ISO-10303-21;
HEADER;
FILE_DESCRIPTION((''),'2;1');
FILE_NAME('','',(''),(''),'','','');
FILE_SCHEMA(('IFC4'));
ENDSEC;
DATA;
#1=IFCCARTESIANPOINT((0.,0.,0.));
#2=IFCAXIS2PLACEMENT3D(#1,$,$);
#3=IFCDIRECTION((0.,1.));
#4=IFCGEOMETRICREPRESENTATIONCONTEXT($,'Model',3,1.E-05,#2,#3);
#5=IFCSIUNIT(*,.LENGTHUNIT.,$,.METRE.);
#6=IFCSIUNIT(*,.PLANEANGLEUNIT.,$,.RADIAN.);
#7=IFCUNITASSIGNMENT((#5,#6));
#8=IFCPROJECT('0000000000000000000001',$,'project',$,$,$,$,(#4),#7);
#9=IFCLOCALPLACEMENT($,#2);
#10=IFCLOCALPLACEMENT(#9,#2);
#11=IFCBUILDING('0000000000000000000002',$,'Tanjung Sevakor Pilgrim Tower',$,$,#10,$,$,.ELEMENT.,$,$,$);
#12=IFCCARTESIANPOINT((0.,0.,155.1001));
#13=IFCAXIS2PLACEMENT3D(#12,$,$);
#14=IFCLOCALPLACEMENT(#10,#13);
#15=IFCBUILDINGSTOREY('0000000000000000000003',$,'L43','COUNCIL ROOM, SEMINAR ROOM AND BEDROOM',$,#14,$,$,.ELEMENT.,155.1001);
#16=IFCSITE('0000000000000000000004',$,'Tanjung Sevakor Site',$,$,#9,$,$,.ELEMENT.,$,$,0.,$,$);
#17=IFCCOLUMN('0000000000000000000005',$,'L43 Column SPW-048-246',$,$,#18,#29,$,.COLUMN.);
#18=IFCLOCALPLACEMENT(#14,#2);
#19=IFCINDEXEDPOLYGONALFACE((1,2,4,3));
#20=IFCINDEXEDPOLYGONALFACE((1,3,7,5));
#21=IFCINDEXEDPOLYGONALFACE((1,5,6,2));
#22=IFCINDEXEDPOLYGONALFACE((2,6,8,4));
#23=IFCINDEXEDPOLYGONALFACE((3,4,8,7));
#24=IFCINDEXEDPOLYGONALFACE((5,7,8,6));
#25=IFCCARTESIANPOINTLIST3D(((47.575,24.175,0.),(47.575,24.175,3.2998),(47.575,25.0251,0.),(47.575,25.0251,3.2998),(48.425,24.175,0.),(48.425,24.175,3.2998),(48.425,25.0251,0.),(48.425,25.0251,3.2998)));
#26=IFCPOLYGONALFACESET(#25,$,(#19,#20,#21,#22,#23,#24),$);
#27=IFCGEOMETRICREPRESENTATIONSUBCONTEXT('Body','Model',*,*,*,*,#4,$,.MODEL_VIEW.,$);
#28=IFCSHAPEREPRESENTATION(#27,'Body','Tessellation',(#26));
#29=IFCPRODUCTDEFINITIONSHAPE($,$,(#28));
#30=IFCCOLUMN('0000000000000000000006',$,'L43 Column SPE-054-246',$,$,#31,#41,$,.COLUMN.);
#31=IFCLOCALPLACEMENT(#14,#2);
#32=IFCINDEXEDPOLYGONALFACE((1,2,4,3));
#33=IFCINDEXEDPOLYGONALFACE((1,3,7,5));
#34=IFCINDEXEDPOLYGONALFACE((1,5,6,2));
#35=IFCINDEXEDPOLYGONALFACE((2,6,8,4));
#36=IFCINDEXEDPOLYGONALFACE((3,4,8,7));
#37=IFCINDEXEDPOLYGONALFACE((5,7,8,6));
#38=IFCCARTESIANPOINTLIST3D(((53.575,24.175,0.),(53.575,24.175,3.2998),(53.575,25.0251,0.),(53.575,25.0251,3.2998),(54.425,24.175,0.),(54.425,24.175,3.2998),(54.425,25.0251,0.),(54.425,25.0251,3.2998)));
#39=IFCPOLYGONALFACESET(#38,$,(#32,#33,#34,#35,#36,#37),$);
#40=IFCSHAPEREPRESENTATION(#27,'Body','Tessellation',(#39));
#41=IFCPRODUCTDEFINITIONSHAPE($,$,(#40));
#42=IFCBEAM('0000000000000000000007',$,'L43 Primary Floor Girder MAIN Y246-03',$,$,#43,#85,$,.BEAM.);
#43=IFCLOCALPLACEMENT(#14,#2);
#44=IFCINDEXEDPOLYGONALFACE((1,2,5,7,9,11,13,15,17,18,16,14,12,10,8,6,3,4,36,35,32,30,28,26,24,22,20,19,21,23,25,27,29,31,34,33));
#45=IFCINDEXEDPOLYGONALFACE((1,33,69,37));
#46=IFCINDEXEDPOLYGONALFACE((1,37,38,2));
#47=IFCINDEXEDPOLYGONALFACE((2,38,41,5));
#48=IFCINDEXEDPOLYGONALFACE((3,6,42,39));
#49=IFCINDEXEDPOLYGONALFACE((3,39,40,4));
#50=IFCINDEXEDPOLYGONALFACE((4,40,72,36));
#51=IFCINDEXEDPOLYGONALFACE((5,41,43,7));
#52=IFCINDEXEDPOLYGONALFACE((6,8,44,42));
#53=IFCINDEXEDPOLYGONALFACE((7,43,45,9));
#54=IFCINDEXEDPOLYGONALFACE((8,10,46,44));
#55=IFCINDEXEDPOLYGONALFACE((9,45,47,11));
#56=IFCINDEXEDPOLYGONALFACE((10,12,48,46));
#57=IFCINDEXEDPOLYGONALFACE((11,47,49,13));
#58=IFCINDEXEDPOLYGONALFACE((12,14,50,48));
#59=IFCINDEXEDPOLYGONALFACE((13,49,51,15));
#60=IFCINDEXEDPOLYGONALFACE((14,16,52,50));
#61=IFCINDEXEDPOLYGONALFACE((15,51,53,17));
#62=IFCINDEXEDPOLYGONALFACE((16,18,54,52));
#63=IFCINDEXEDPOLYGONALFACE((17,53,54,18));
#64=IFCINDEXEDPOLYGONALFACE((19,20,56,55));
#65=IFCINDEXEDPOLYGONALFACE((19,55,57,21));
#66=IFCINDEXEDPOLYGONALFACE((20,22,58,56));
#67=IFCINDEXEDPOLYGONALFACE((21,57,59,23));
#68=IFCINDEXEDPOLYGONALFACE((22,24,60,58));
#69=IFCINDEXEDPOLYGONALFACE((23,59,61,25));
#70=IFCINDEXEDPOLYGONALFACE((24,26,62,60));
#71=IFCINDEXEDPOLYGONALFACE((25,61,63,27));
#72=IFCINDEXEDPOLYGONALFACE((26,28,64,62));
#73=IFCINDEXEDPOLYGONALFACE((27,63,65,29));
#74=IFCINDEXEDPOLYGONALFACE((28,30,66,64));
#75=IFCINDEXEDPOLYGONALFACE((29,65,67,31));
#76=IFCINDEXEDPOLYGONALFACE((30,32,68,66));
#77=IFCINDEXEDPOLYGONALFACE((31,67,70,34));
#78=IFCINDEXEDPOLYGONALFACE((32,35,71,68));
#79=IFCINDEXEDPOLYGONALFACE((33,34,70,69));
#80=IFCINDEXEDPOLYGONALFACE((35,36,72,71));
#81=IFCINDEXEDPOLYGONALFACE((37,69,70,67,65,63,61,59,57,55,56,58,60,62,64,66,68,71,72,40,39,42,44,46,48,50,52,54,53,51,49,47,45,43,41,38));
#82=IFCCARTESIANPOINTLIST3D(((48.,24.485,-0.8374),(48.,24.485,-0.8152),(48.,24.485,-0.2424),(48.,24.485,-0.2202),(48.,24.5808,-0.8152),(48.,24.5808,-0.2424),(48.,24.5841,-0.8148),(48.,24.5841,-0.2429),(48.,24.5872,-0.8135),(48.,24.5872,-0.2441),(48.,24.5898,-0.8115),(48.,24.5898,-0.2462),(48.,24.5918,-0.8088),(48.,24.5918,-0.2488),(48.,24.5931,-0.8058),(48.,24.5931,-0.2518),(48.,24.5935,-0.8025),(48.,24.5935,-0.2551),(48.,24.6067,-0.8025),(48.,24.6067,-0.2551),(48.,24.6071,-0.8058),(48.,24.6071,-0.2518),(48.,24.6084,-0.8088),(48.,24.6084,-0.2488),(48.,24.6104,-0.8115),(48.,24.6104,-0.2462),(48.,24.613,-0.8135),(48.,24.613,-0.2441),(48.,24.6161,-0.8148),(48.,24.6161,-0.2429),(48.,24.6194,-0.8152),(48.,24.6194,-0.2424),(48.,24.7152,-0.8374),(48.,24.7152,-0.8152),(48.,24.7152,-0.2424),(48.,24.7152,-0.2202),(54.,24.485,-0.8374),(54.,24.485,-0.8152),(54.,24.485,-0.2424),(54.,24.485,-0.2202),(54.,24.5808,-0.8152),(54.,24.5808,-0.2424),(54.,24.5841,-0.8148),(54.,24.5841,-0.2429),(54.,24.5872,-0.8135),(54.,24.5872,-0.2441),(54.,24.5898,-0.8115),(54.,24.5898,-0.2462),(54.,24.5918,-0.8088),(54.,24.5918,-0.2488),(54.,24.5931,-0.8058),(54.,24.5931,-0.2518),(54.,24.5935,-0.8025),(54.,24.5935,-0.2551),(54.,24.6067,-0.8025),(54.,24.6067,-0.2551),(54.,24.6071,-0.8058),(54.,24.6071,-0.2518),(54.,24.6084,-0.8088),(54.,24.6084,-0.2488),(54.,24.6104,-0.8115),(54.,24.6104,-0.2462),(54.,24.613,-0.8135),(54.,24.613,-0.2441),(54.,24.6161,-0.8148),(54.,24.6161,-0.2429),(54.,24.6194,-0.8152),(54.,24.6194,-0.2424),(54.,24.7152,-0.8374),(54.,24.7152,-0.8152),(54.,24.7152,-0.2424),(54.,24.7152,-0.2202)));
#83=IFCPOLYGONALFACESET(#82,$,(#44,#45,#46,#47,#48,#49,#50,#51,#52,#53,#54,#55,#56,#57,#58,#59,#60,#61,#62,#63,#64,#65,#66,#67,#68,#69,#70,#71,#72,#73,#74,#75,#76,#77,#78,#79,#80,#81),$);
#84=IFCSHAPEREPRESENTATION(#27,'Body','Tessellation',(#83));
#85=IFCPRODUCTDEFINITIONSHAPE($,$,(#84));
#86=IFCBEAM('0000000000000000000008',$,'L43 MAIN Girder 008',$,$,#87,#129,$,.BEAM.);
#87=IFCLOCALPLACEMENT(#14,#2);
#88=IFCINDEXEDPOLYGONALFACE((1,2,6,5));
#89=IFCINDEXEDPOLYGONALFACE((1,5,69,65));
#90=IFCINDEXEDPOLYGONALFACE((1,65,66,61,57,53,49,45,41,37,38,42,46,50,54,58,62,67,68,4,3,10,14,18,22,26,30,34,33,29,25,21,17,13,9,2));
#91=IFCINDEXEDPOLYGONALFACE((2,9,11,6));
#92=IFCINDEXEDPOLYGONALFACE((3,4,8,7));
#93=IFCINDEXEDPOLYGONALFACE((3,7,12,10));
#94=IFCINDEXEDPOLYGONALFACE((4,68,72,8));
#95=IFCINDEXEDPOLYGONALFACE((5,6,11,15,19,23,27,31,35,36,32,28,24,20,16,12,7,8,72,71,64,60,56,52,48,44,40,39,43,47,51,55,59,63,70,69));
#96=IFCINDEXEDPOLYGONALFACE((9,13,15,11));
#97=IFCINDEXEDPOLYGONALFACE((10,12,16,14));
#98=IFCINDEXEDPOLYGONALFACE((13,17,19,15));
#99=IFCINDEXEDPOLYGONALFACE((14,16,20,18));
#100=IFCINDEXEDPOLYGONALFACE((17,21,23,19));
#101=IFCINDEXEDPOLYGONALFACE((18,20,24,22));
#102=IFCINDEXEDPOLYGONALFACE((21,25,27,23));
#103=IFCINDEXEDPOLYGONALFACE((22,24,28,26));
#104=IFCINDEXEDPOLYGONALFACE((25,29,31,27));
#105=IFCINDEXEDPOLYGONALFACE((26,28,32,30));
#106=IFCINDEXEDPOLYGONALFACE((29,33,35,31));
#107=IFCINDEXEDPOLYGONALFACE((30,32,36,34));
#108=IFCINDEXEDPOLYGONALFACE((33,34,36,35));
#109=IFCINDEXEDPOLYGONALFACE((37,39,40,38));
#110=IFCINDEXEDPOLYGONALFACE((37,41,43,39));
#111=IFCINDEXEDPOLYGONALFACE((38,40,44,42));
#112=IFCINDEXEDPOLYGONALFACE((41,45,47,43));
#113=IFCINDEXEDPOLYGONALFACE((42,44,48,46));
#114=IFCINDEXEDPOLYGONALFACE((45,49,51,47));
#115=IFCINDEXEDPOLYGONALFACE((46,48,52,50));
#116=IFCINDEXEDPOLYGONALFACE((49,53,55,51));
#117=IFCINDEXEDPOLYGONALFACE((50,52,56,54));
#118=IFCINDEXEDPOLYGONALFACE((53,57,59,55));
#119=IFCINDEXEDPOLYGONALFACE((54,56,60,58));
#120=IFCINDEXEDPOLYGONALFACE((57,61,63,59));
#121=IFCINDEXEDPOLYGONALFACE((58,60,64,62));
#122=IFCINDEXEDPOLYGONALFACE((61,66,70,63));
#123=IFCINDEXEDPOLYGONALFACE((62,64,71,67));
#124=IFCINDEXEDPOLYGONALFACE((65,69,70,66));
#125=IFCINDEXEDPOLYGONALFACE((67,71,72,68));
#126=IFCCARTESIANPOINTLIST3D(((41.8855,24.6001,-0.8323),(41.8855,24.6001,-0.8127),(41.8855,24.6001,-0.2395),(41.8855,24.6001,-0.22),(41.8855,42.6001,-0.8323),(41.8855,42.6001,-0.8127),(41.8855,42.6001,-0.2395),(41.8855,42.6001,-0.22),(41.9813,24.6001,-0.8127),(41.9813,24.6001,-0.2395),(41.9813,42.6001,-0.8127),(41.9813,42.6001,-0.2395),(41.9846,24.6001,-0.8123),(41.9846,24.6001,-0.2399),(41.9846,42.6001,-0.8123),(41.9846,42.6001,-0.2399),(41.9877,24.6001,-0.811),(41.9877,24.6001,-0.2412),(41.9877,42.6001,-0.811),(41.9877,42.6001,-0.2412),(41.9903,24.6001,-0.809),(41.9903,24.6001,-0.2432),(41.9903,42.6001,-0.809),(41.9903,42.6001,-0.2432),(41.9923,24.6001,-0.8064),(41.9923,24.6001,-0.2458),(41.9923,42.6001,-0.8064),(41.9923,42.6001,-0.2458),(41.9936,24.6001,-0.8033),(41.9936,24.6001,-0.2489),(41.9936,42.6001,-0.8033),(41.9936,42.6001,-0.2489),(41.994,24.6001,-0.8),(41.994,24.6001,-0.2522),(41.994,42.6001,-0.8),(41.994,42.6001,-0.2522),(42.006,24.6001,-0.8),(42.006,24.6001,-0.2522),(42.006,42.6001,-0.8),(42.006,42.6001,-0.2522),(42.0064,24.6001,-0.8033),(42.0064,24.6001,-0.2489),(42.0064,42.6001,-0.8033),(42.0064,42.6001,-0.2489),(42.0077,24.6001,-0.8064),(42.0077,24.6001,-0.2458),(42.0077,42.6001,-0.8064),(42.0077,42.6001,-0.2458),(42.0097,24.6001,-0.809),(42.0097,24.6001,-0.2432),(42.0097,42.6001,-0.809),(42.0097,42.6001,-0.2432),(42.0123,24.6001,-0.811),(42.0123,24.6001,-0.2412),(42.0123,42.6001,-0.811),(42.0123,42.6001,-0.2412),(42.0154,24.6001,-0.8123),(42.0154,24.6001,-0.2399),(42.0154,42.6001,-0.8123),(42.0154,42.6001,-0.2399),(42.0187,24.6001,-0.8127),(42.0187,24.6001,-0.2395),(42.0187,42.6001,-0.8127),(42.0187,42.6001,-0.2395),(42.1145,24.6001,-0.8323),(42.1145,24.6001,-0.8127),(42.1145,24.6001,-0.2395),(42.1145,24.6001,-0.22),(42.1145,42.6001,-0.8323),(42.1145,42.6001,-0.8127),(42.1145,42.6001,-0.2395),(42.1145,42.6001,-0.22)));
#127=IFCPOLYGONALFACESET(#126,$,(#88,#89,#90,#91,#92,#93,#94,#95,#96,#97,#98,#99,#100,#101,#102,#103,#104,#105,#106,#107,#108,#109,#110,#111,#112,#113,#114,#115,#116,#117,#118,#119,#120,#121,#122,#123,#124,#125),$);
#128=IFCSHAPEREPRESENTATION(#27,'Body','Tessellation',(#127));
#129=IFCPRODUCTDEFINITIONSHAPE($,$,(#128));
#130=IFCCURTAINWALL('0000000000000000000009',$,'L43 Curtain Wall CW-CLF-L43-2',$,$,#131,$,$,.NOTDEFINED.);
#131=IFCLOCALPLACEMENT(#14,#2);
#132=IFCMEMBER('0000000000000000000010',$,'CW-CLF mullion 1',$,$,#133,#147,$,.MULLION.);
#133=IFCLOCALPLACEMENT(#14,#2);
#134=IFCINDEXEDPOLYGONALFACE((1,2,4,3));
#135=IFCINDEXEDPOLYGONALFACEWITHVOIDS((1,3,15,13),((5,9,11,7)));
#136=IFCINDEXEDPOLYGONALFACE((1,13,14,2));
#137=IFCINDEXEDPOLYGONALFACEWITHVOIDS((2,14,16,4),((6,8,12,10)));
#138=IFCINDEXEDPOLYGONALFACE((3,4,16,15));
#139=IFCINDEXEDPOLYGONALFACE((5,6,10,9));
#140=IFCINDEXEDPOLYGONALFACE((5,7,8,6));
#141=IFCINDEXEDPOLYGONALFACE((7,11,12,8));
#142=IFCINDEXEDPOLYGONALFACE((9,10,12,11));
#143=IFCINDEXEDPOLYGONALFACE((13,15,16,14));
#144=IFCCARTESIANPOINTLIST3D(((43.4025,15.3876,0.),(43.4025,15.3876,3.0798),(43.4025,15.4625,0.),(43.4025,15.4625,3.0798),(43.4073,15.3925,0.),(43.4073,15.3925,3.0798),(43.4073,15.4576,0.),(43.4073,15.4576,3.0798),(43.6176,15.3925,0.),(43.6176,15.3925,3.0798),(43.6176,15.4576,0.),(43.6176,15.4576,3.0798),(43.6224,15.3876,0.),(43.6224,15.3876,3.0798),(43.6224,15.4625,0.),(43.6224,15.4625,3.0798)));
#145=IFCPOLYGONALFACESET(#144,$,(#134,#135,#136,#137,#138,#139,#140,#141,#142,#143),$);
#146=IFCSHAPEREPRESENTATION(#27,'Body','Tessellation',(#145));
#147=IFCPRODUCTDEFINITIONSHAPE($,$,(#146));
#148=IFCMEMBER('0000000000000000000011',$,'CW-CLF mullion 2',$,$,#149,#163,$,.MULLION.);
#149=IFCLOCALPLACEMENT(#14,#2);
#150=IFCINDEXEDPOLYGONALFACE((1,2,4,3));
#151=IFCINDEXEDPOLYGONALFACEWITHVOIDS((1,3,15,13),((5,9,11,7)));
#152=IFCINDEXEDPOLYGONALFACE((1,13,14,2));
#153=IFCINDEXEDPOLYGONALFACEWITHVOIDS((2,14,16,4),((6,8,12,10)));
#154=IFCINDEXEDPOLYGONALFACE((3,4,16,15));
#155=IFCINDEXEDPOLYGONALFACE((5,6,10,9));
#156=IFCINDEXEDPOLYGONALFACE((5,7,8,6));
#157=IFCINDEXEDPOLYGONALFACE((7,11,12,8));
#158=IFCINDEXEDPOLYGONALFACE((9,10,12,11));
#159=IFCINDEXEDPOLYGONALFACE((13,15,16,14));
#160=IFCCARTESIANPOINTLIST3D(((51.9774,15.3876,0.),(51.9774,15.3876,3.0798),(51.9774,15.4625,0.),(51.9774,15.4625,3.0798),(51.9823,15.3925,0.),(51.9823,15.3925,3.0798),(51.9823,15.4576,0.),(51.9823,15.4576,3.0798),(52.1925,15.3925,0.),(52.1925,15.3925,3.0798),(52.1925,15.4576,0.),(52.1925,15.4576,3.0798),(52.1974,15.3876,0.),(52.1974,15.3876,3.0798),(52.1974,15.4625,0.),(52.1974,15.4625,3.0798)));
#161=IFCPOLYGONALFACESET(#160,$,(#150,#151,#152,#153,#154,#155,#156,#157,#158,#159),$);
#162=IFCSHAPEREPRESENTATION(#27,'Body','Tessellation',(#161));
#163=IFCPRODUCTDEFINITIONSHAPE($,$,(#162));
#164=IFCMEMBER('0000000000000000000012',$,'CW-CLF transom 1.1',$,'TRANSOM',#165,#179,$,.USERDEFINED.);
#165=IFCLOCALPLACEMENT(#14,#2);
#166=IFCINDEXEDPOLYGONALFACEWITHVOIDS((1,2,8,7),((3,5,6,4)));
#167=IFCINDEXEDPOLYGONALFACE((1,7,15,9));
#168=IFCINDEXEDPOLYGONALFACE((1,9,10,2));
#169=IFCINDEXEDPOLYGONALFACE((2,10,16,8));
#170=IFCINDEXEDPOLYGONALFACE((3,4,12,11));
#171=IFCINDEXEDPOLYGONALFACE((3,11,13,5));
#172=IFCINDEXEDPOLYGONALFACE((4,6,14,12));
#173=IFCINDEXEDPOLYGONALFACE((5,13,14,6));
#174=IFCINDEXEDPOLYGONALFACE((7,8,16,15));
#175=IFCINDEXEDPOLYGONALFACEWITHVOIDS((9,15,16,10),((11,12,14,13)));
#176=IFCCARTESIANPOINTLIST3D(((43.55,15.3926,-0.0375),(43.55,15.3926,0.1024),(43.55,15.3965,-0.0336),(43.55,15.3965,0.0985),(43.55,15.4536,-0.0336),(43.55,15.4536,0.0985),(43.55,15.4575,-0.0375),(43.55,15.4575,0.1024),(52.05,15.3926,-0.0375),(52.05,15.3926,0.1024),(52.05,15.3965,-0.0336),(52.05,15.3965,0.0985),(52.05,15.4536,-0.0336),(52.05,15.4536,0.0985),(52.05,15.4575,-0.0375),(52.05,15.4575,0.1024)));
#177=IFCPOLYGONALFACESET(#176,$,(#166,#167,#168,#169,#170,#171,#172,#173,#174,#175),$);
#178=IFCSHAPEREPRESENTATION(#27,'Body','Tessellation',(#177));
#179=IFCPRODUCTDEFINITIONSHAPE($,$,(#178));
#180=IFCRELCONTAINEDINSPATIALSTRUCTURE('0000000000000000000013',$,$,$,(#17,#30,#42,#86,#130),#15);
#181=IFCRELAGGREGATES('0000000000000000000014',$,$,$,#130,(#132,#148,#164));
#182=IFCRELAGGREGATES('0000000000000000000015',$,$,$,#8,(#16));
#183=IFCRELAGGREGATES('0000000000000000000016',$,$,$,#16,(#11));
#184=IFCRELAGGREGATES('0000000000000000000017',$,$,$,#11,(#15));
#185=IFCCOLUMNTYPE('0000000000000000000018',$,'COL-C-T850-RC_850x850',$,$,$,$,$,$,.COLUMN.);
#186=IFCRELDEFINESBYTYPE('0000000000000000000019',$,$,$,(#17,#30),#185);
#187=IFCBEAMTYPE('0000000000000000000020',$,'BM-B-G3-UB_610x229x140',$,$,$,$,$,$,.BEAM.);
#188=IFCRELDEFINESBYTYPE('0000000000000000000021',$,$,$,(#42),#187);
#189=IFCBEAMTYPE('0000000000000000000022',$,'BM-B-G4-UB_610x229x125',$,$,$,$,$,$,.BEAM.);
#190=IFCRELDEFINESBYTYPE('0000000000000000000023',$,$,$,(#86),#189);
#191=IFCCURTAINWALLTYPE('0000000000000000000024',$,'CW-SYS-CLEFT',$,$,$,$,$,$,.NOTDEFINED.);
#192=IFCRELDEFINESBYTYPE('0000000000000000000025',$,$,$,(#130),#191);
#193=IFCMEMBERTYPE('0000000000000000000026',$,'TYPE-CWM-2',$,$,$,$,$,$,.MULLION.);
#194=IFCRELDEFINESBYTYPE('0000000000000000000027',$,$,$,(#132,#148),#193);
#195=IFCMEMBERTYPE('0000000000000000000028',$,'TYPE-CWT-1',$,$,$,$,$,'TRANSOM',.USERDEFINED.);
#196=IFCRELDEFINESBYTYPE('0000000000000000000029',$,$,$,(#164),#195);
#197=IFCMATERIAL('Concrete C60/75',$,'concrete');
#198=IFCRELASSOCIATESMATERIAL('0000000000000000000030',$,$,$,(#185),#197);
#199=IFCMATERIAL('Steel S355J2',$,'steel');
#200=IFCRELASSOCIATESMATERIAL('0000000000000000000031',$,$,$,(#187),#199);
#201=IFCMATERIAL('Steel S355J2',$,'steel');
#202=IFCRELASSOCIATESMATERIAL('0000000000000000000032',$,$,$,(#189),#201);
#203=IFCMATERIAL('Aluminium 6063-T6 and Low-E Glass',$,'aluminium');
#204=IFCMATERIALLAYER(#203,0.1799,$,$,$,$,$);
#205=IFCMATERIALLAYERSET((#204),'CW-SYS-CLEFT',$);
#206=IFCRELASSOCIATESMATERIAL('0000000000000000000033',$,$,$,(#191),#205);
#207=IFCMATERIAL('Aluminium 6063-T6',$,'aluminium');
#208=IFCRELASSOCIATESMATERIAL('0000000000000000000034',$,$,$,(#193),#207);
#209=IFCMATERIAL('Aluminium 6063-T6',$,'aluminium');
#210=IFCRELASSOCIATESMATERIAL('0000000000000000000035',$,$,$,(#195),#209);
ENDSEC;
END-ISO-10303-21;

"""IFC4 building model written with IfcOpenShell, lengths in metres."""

from ifc_helpers import new_model, si_unit, direction, frame, origin, origin_2d, place, context, subcontext, project, spatial, rectangle, hollow_rectangle, i_section, extrude, material, layer, layer_set, material_profile, profile_set, type_object, element, aggregate, save


model = new_model("IFC4")

# Units and contexts
model_context = context("Model", 3, precision=1e-05, world=origin(), true_north=direction((0.0, 1.0)))
body_context = subcontext(model_context, "Body", "Model", "MODEL_VIEW")
ifc_project = project(units=[si_unit("LENGTHUNIT", "METRE"), si_unit("PLANEANGLEUNIT", "RADIAN")], contexts=[model_context])

# Site, building, storey
site_placement = place(None, origin())
site = spatial("IfcSite", under=ifc_project, at=site_placement, Name="Tanjung Sevakor Site", CompositionType="ELEMENT", RefElevation=0.0)
building_placement = place(site_placement, origin())
building = spatial("IfcBuilding", under=site, at=building_placement, Name="Tanjung Sevakor Pilgrim Tower", CompositionType="ELEMENT")
storey_placement = place(building_placement, frame((0.0, 0.0, 155.1001)))
storey = spatial("IfcBuildingStorey", under=building, at=storey_placement, Name="L43", Description="COUNCIL ROOM, SEMINAR ROOM AND BEDROOM", CompositionType="ELEMENT", Elevation=155.1001)

# Columns
ifc_material_1 = material(Name="Concrete C60/75", Category="concrete")
ifc_material_profile_1 = material_profile(ifc_material_1, rectangle(XDim=0.8501, YDim=0.8501, at=origin_2d()))
ifc_profile_set_1 = profile_set([ifc_material_profile_1], Name="Concrete C60/75")
column_type = type_object("IfcColumnType", Name="COL-C-T850-RC_850x850", PredefinedType="COLUMN", material=ifc_profile_set_1)
for number, where, z_axis, x_axis, name in (
    (1, (48.0, 24.6001, 0.0), (0.0, 0.0, 1.0), (1.0, 0.0, 0.0), "L43 Column SPW-048-246"),
    (2, (54.0, 24.6001, 0.0), (0.0, 0.0, 1.0), (1.0, 0.0, 0.0), "L43 Column SPE-054-246"),
):
    element("IfcColumn", number, at=place(storey_placement, frame(where, z_axis=z_axis, x_axis=x_axis)), inside=storey, type_object=column_type, Name=name, PredefinedType="COLUMN", context=body_context, shape_type="SweptSolid", body=[
        extrude(rectangle(XDim=0.8501, YDim=0.8501, at=origin_2d()), origin(), (0.0, 0.0, 1.0), 3.2998),
    ])

# Beams
ifc_material_2 = material(Name="Steel S355J2", Category="steel")
ifc_material_profile_2 = material_profile(ifc_material_2, i_section(OverallWidth=0.2302, OverallDepth=0.6172, WebThickness=0.0132, FlangeThickness=0.0222, FilletRadius=0.0127, at=origin_2d()))
ifc_profile_set_2 = profile_set([ifc_material_profile_2], Name="Steel S355J2")
beam_type_1 = type_object("IfcBeamType", Name="BM-B-G3-UB_610x229x140", PredefinedType="BEAM", material=ifc_profile_set_2)
beam_1_placement = place(storey_placement, frame((48.0, 24.6001, -0.5288), z_axis=(1.0, 0.0, 0.0), x_axis=(0.0, 1.0, 0.0)))
element("IfcBeam", 3, at=beam_1_placement, inside=storey, type_object=beam_type_1, Name="L43 Primary Floor Girder MAIN Y246-03", PredefinedType="BEAM", context=body_context, shape_type="SweptSolid", body=[
    extrude(i_section(OverallWidth=0.2302, OverallDepth=0.6172, WebThickness=0.0132, FlangeThickness=0.0222, FilletRadius=0.0127, at=origin_2d()), origin(), (0.0, 0.0, 1.0), 6.0),
])
ifc_material_3 = material(Name="Steel S355J2", Category="steel")
ifc_material_profile_3 = material_profile(ifc_material_3, i_section(OverallWidth=0.229, OverallDepth=0.6123, WebThickness=0.012, FlangeThickness=0.0195, FilletRadius=0.0127, at=origin_2d()))
ifc_profile_set_3 = profile_set([ifc_material_profile_3], Name="Steel S355J2")
beam_type_2 = type_object("IfcBeamType", Name="BM-B-G4-UB_610x229x125", PredefinedType="BEAM", material=ifc_profile_set_3)
beam_2_placement = place(storey_placement, frame((42.0, 24.6001, -0.5261), z_axis=(0.0, 1.0, 0.0), x_axis=(-1.0, 0.0, 0.0)))
element("IfcBeam", 4, at=beam_2_placement, inside=storey, type_object=beam_type_2, Name="L43 MAIN Girder 008", PredefinedType="BEAM", context=body_context, shape_type="SweptSolid", body=[
    extrude(i_section(OverallWidth=0.229, OverallDepth=0.6123, WebThickness=0.012, FlangeThickness=0.0195, FilletRadius=0.0127, at=origin_2d()), origin(), (0.0, 0.0, 1.0), 18.0),
])

# Curtain wall, members
ifc_material_4 = material(Name="Aluminium 6063-T6 and Low-E Glass", Category="aluminium")
ifc_layer_1 = layer(ifc_material_4, 0.1799)
ifc_layer_set_1 = layer_set([ifc_layer_1], Name="CW-SYS-CLEFT")
curtain_wall_type = type_object("IfcCurtainWallType", Name="CW-SYS-CLEFT", PredefinedType="NOTDEFINED", material=ifc_layer_set_1)
curtain_wall_placement = place(storey_placement, origin())
curtain_wall = element("IfcCurtainWall", 5, at=curtain_wall_placement, inside=storey, type_object=curtain_wall_type, Name="L43 Curtain Wall CW-CLF-L43-2", PredefinedType="NOTDEFINED")
ifc_material_5 = material(Name="Aluminium 6063-T6", Category="aluminium")
ifc_material_profile_4 = material_profile(ifc_material_5, hollow_rectangle(XDim=0.075, YDim=0.22, WallThickness=0.0049, at=origin_2d()))
ifc_profile_set_4 = profile_set([ifc_material_profile_4], Name="Aluminium 6063-T6")
member_type_1 = type_object("IfcMemberType", Name="TYPE-CWM-2", PredefinedType="MULLION", material=ifc_profile_set_4)
member_1_placement = place(storey_placement, frame((43.5125, 15.425, 0.0), z_axis=(0.0, 0.0, 1.0), x_axis=(0.0, 1.0, 0.0)))
member_1 = element("IfcMember", 6, at=member_1_placement, type_object=member_type_1, Name="CW-CLF mullion 1", PredefinedType="MULLION", context=body_context, shape_type="SweptSolid", body=[
    extrude(hollow_rectangle(XDim=0.075, YDim=0.22, WallThickness=0.0049, at=origin_2d()), origin(), (0.0, 0.0, 1.0), 3.0798),
])
member_2_placement = place(storey_placement, frame((52.0874, 15.425, 0.0), z_axis=(0.0, 0.0, 1.0), x_axis=(0.0, 1.0, 0.0)))
member_2 = element("IfcMember", 7, at=member_2_placement, type_object=member_type_1, Name="CW-CLF mullion 2", PredefinedType="MULLION", context=body_context, shape_type="SweptSolid", body=[
    extrude(hollow_rectangle(XDim=0.075, YDim=0.22, WallThickness=0.0049, at=origin_2d()), origin(), (0.0, 0.0, 1.0), 3.0798),
])
ifc_material_6 = material(Name="Aluminium 6063-T6", Category="aluminium")
ifc_material_profile_5 = material_profile(ifc_material_6, hollow_rectangle(XDim=0.0649, YDim=0.1399, WallThickness=0.0039, at=origin_2d()))
ifc_profile_set_5 = profile_set([ifc_material_profile_5], Name="Aluminium 6063-T6")
member_type_2 = type_object("IfcMemberType", Name="TYPE-CWT-1", ElementType="TRANSOM", PredefinedType="USERDEFINED", material=ifc_profile_set_5)
member_3_placement = place(storey_placement, frame((43.55, 15.425, 0.0325), z_axis=(1.0, 0.0, 0.0), x_axis=(0.0, 1.0, 0.0)))
member_3 = element("IfcMember", 8, at=member_3_placement, type_object=member_type_2, Name="CW-CLF transom 1.1", ObjectType="TRANSOM", PredefinedType="USERDEFINED", context=body_context, shape_type="SweptSolid", body=[
    extrude(hollow_rectangle(XDim=0.0649, YDim=0.1399, WallThickness=0.0039, at=origin_2d()), origin(), (0.0, 0.0, 1.0), 8.5),
])
aggregate(curtain_wall, [member_1, member_2, member_3])

save(model, "model.ifc")
